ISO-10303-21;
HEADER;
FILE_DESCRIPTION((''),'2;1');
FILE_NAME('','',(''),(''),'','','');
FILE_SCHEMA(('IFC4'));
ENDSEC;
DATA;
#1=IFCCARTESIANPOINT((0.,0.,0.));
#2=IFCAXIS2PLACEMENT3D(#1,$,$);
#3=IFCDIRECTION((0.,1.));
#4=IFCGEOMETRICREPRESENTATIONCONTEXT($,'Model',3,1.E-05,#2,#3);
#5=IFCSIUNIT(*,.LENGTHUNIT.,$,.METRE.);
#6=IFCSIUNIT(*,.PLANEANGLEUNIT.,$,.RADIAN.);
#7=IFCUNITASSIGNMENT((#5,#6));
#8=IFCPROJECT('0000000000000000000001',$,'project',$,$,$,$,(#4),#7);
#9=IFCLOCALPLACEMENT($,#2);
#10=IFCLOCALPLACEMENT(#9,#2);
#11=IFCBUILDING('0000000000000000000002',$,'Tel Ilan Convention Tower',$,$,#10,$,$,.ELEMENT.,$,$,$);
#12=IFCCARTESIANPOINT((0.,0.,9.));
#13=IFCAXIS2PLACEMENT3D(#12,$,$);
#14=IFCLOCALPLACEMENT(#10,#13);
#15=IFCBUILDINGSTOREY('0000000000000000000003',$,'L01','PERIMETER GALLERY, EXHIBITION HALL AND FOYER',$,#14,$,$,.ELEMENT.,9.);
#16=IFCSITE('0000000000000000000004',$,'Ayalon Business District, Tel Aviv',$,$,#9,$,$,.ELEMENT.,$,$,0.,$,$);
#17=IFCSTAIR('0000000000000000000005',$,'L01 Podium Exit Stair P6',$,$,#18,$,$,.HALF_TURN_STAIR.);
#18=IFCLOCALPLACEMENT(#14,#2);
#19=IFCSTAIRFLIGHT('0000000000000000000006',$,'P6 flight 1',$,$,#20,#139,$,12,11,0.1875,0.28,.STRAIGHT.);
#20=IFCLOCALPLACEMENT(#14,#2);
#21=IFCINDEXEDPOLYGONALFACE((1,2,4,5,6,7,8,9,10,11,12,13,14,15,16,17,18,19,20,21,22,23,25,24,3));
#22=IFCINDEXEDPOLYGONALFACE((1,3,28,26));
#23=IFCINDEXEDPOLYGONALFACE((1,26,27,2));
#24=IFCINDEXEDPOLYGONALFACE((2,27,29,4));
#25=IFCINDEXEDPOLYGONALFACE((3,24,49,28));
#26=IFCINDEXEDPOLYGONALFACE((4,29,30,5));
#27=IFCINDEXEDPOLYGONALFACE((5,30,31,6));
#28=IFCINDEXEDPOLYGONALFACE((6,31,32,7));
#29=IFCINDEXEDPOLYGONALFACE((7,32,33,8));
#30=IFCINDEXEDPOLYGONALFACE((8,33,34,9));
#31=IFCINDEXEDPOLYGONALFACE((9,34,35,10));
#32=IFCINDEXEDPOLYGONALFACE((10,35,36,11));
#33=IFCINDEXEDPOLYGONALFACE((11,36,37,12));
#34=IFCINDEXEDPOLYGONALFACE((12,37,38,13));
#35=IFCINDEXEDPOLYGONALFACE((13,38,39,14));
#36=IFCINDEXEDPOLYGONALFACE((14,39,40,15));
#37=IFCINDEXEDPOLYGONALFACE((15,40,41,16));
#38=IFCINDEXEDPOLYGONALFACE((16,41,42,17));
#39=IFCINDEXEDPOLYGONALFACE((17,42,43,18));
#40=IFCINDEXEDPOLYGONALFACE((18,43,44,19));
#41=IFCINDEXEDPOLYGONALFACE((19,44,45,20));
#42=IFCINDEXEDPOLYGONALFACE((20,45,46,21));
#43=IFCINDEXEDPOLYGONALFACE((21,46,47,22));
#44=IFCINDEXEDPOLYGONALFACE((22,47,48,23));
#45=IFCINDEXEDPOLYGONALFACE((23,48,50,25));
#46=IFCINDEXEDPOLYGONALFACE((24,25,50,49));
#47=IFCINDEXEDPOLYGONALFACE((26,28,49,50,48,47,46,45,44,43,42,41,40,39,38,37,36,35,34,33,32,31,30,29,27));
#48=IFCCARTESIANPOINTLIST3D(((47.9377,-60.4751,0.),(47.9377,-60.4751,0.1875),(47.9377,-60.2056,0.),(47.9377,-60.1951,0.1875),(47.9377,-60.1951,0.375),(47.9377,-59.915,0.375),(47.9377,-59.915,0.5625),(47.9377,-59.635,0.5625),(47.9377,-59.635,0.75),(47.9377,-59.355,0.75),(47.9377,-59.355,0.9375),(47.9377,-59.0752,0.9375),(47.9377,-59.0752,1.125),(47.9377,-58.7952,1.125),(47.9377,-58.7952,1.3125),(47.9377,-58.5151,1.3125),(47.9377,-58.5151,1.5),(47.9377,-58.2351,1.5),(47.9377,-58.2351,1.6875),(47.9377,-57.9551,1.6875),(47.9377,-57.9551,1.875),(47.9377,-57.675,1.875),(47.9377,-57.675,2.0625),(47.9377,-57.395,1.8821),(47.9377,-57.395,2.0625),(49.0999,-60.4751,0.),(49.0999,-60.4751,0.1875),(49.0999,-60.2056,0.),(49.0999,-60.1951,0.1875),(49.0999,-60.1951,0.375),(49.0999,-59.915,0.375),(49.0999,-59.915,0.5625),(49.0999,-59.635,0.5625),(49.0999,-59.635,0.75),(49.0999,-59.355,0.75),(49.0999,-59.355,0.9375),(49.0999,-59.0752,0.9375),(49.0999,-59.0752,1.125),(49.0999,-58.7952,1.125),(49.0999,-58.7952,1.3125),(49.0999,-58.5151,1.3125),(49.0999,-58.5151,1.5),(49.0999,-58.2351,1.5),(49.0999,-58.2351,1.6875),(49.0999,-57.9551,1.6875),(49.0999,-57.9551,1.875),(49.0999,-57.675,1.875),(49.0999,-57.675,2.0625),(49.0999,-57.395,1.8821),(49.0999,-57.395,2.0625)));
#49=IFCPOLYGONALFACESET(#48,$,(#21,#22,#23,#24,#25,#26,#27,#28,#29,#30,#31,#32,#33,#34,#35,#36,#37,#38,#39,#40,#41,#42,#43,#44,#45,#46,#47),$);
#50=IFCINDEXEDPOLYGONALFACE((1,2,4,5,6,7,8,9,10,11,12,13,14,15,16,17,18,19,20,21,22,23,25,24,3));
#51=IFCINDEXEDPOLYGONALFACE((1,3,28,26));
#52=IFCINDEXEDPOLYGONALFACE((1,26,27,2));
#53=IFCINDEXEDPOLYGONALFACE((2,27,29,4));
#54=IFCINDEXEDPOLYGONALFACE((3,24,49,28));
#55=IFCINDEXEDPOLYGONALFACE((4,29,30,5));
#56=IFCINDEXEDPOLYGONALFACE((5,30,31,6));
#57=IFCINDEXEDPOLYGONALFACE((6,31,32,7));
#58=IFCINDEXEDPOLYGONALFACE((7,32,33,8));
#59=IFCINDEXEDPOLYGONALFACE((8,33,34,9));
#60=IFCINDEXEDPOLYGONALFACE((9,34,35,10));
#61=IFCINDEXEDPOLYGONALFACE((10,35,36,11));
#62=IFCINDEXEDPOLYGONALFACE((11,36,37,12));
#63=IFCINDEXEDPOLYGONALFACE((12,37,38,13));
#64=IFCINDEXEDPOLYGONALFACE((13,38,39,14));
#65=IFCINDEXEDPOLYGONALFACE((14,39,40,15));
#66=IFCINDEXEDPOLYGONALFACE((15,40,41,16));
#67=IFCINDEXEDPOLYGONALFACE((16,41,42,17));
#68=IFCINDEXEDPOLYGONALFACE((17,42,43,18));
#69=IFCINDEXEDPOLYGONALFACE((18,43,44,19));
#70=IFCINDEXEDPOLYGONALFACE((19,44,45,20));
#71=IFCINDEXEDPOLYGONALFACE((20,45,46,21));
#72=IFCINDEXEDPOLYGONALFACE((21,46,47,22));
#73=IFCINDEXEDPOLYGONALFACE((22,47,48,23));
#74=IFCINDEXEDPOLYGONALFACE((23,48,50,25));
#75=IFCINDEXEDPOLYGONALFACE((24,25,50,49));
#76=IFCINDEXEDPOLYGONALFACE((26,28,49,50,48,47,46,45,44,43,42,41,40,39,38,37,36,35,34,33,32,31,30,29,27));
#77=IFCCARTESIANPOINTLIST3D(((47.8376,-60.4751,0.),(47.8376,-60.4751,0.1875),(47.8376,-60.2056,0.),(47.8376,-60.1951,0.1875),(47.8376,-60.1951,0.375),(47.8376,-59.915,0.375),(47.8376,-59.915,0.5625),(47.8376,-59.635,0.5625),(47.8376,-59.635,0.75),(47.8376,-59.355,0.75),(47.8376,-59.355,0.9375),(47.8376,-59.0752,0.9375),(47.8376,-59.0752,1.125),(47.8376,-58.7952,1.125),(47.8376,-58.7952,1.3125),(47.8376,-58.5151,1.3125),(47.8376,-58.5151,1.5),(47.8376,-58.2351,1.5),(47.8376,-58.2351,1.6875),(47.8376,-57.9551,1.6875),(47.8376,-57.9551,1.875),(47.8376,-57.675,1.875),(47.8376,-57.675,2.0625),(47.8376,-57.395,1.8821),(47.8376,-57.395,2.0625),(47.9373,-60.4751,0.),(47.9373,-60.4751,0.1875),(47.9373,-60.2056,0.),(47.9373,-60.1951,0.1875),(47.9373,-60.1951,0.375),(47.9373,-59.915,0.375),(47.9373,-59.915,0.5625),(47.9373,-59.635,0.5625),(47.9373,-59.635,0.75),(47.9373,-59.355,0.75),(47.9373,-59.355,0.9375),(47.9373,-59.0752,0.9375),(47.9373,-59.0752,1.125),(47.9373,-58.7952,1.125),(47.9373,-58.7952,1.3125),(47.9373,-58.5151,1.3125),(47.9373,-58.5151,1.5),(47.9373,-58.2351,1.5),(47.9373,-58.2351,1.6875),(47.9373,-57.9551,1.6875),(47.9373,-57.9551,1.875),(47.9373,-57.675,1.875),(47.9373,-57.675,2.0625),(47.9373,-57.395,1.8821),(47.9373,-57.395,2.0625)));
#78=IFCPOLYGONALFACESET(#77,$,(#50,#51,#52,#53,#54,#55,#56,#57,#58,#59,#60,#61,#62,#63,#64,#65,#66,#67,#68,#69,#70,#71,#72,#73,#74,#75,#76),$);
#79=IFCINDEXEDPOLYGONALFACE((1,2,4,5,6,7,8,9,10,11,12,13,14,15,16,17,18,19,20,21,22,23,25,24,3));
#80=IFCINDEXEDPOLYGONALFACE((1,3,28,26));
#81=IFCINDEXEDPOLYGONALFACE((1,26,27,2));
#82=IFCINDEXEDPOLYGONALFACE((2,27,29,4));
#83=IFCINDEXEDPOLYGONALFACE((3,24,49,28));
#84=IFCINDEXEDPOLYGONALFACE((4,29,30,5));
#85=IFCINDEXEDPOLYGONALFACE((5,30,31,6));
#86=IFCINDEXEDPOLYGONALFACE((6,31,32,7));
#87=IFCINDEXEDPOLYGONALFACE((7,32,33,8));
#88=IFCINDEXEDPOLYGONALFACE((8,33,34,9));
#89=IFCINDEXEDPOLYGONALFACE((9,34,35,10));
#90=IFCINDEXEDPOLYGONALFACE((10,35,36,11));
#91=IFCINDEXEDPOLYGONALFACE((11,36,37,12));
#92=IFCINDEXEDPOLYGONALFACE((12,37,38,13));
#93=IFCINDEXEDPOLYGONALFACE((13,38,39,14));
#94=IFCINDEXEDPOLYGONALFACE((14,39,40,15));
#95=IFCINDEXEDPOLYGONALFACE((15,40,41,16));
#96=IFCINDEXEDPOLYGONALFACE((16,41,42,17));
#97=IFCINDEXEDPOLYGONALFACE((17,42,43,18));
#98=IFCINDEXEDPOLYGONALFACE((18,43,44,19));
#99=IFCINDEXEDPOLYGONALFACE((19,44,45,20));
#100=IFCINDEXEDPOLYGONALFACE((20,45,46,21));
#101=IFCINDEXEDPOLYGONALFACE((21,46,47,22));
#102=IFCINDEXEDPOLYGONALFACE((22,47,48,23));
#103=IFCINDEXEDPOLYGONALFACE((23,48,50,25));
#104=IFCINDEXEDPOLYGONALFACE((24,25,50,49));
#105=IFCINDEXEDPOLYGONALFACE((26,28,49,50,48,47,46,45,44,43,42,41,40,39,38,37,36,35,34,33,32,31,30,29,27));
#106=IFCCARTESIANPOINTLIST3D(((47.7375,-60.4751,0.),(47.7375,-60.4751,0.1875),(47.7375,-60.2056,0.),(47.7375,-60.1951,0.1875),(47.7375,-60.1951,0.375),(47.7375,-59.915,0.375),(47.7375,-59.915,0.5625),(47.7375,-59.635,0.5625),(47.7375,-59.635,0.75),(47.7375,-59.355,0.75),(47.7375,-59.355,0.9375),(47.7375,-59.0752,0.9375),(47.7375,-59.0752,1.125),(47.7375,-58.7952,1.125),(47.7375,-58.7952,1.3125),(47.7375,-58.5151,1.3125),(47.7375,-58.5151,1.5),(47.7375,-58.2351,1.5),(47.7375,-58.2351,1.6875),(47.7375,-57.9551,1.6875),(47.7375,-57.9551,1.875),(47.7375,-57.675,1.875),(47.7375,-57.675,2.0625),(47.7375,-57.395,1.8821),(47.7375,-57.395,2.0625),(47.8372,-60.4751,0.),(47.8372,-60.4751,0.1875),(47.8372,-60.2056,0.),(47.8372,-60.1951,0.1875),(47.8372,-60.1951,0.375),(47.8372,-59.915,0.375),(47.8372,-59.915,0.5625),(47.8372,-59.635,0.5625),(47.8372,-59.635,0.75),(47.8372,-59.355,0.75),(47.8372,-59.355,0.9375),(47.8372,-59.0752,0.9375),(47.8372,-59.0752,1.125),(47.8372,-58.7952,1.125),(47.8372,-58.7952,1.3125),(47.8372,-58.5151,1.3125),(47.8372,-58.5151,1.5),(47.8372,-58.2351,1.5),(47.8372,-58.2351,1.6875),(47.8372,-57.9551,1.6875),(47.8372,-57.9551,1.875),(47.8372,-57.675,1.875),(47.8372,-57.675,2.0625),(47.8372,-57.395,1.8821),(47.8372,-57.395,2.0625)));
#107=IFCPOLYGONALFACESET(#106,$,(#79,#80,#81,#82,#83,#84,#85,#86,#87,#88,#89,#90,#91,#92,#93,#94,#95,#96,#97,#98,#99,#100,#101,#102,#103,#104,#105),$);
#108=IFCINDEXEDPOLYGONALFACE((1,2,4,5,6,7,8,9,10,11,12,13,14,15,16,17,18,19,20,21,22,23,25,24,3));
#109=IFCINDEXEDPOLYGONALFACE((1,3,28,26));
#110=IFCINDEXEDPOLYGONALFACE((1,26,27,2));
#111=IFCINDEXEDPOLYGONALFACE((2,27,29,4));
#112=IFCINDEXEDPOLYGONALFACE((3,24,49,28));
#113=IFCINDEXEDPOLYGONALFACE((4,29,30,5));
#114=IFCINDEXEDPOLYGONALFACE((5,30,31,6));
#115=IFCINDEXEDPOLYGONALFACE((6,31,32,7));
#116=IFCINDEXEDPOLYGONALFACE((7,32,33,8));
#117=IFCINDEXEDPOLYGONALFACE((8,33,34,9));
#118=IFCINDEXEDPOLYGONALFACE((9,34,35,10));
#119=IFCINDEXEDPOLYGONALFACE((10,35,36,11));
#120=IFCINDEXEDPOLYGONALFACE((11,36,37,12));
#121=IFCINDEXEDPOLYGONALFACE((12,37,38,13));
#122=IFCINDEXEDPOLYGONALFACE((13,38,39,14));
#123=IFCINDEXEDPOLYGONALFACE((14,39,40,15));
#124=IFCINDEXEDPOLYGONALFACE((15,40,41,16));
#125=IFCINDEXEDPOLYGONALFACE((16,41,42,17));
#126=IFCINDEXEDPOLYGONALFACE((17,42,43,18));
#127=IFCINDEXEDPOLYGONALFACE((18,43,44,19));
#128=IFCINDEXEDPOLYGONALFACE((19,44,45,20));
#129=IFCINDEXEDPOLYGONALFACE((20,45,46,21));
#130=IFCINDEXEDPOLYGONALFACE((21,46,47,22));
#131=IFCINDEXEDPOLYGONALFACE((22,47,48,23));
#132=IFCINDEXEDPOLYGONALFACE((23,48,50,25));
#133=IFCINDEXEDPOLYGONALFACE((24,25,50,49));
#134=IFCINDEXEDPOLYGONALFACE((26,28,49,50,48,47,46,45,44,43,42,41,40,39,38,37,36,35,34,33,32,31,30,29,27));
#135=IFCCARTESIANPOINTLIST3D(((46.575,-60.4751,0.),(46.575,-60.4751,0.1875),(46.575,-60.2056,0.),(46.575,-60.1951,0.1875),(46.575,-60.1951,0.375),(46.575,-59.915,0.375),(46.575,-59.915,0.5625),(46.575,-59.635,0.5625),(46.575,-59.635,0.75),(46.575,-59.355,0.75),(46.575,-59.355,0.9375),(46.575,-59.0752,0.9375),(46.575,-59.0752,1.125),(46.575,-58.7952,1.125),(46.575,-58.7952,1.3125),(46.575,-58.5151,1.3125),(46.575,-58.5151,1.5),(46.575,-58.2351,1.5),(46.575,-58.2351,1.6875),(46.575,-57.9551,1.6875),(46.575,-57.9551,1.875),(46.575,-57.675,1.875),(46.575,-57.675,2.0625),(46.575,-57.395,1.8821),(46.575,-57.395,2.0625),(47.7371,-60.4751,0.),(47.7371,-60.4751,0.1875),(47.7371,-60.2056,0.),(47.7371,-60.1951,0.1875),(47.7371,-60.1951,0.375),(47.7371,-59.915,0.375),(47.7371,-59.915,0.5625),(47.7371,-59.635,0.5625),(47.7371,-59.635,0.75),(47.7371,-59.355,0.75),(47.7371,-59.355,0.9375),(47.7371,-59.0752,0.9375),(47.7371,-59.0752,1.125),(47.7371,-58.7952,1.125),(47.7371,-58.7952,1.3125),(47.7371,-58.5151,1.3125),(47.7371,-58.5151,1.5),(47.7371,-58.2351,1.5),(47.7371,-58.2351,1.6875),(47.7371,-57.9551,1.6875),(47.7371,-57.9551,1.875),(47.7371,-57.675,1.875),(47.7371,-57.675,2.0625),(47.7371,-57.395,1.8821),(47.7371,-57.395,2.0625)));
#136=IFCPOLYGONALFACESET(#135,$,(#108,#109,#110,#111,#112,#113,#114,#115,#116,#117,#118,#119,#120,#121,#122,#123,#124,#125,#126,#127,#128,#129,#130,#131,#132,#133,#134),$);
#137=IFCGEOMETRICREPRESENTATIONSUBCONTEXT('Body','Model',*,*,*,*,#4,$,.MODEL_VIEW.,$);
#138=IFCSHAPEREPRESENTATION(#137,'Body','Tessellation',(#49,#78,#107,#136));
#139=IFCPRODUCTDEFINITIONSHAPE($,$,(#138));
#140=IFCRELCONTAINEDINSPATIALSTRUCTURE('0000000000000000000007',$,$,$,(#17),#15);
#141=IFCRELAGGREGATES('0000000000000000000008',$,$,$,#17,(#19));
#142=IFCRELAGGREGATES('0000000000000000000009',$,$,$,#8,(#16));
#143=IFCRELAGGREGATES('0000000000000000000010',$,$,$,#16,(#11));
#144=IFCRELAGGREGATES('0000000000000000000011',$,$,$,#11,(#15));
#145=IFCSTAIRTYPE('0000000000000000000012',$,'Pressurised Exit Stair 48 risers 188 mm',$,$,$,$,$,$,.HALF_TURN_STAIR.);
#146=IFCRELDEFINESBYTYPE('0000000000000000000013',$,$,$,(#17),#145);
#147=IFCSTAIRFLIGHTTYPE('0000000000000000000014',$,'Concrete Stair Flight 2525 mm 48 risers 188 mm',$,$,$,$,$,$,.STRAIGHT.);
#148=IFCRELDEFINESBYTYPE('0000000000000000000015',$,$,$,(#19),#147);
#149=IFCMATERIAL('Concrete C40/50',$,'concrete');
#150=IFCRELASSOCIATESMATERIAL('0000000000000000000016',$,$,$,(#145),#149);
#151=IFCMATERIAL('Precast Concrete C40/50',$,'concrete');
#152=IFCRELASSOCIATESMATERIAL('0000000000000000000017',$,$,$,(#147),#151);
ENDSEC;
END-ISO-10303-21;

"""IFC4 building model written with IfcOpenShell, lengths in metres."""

from ifc_helpers import new_model, si_unit, direction, frame, origin, place, context, subcontext, project, spatial, polyline, outline, extrude, material, type_object, element, aggregate, save


model = new_model("IFC4")

# Units and contexts
model_context = context("Model", 3, precision=1e-05, world=origin(), true_north=direction((0.0, 1.0)))
body_context = subcontext(model_context, "Body", "Model", "MODEL_VIEW")
ifc_project = project(units=[si_unit("LENGTHUNIT", "METRE"), si_unit("PLANEANGLEUNIT", "RADIAN")], contexts=[model_context])

# Site, building, storey
site_placement = place(None, origin())
site = spatial("IfcSite", under=ifc_project, at=site_placement, Name="Ayalon Business District, Tel Aviv", CompositionType="ELEMENT", RefElevation=0.0)
building_placement = place(site_placement, origin())
building = spatial("IfcBuilding", under=site, at=building_placement, Name="Tel Ilan Convention Tower", CompositionType="ELEMENT")
storey_placement = place(building_placement, frame((0.0, 0.0, 9.0)))
storey = spatial("IfcBuildingStorey", under=building, at=storey_placement, Name="L01", Description="PERIMETER GALLERY, EXHIBITION HALL AND FOYER", CompositionType="ELEMENT", Elevation=9.0)

# Shared definitions
ifc_material_1 = material(Name="Concrete C40/50", Category="concrete")
stair_type = type_object("IfcStairType", Name="Pressurised Exit Stair 48 risers 188 mm", PredefinedType="HALF_TURN_STAIR", material=ifc_material_1)
ifc_material_2 = material(Name="Precast Concrete C40/50", Category="concrete")
stair_flight_type = type_object("IfcStairFlightType", Name="Concrete Stair Flight 2525 mm 48 risers 188 mm", PredefinedType="STRAIGHT", material=ifc_material_2)

# Stair, stair flight
stair_1_placement = place(storey_placement, origin())
stair_1 = element("IfcStair", 1, at=stair_1_placement, inside=storey, type_object=stair_type, Name="L01 Podium Exit Stair P6", PredefinedType="HALF_TURN_STAIR")
stair_flight_1_placement = place(storey_placement, frame((47.8374, -60.4751, 0.0), z_axis=(0.0, 0.0, 1.0), x_axis=(0.0, 1.0, 0.0)))
stair_flight_1 = element("IfcStairFlight", 2, at=stair_flight_1_placement, type_object=stair_flight_type, Name="P6 flight 1", NumberOfRisers=12, NumberOfTreads=11, PredefinedType="STRAIGHT", RiserHeight=0.1875, TreadLength=0.28, context=body_context, shape_type="SweptSolid", body=[
    extrude(outline(polyline([(0.0, 0.0), (0.0, 0.1875), (0.28, 0.1875), (0.28, 0.375), (0.5601, 0.375), (0.5601, 0.5625), (0.8401, 0.5625), (0.8401, 0.75), (1.1201, 0.75), (1.1201, 0.9375), (1.3999, 0.9375), (1.3999, 1.125), (1.6799, 1.125), (1.6799, 1.3125), (1.96, 1.3125), (1.96, 1.5), (2.24, 1.5), (2.24, 1.6875), (2.52, 1.6875), (2.52, 1.875), (2.8, 1.875), (2.8, 2.0625), (3.0801, 2.0625), (3.0801, 2.25), (3.0801, 1.8821), (0.2695, 0.0), (0.0, 0.0)])), frame((0.0, -0.1003, 0.0), z_axis=(0.0, -1.0, 0.0), x_axis=(1.0, 0.0, 0.0)), (0.0, 0.0, 1.0), 1.1621),
    extrude(outline(polyline([(0.0, 0.0), (0.0, 0.1875), (0.28, 0.1875), (0.28, 0.375), (0.5601, 0.375), (0.5601, 0.5625), (0.8401, 0.5625), (0.8401, 0.75), (1.1201, 0.75), (1.1201, 0.9375), (1.3999, 0.9375), (1.3999, 1.125), (1.6799, 1.125), (1.6799, 1.3125), (1.96, 1.3125), (1.96, 1.5), (2.24, 1.5), (2.24, 1.6875), (2.52, 1.6875), (2.52, 1.875), (2.8, 1.875), (2.8, 2.0625), (3.0801, 2.0625), (3.0801, 2.25), (3.0801, 1.8821), (0.2695, 0.0), (0.0, 0.0)])), frame((0.0, -0.0002, 0.0), z_axis=(0.0, -1.0, 0.0), x_axis=(1.0, 0.0, 0.0)), (0.0, 0.0, 1.0), 0.0996),
    extrude(outline(polyline([(0.0, 0.0), (0.0, 0.1875), (0.28, 0.1875), (0.28, 0.375), (0.5601, 0.375), (0.5601, 0.5625), (0.8401, 0.5625), (0.8401, 0.75), (1.1201, 0.75), (1.1201, 0.9375), (1.3999, 0.9375), (1.3999, 1.125), (1.6799, 1.125), (1.6799, 1.3125), (1.96, 1.3125), (1.96, 1.5), (2.24, 1.5), (2.24, 1.6875), (2.52, 1.6875), (2.52, 1.875), (2.8, 1.875), (2.8, 2.0625), (3.0801, 2.0625), (3.0801, 2.25), (3.0801, 1.8821), (0.2695, 0.0), (0.0, 0.0)])), frame((0.0, 0.0999, 0.0), z_axis=(0.0, -1.0, 0.0), x_axis=(1.0, 0.0, 0.0)), (0.0, 0.0, 1.0), 0.0996),
    extrude(outline(polyline([(0.0, 0.0), (0.0, 0.1875), (0.28, 0.1875), (0.28, 0.375), (0.5601, 0.375), (0.5601, 0.5625), (0.8401, 0.5625), (0.8401, 0.75), (1.1201, 0.75), (1.1201, 0.9375), (1.3999, 0.9375), (1.3999, 1.125), (1.6799, 1.125), (1.6799, 1.3125), (1.96, 1.3125), (1.96, 1.5), (2.24, 1.5), (2.24, 1.6875), (2.52, 1.6875), (2.52, 1.875), (2.8, 1.875), (2.8, 2.0625), (3.0801, 2.0625), (3.0801, 2.25), (3.0801, 1.8821), (0.2695, 0.0), (0.0, 0.0)])), frame((0.0, 1.2625, 0.0), z_axis=(0.0, -1.0, 0.0), x_axis=(1.0, 0.0, 0.0)), (0.0, 0.0, 1.0), 1.1621),
])
aggregate(stair_1, [stair_flight_1])

save(model, "model.ifc")
